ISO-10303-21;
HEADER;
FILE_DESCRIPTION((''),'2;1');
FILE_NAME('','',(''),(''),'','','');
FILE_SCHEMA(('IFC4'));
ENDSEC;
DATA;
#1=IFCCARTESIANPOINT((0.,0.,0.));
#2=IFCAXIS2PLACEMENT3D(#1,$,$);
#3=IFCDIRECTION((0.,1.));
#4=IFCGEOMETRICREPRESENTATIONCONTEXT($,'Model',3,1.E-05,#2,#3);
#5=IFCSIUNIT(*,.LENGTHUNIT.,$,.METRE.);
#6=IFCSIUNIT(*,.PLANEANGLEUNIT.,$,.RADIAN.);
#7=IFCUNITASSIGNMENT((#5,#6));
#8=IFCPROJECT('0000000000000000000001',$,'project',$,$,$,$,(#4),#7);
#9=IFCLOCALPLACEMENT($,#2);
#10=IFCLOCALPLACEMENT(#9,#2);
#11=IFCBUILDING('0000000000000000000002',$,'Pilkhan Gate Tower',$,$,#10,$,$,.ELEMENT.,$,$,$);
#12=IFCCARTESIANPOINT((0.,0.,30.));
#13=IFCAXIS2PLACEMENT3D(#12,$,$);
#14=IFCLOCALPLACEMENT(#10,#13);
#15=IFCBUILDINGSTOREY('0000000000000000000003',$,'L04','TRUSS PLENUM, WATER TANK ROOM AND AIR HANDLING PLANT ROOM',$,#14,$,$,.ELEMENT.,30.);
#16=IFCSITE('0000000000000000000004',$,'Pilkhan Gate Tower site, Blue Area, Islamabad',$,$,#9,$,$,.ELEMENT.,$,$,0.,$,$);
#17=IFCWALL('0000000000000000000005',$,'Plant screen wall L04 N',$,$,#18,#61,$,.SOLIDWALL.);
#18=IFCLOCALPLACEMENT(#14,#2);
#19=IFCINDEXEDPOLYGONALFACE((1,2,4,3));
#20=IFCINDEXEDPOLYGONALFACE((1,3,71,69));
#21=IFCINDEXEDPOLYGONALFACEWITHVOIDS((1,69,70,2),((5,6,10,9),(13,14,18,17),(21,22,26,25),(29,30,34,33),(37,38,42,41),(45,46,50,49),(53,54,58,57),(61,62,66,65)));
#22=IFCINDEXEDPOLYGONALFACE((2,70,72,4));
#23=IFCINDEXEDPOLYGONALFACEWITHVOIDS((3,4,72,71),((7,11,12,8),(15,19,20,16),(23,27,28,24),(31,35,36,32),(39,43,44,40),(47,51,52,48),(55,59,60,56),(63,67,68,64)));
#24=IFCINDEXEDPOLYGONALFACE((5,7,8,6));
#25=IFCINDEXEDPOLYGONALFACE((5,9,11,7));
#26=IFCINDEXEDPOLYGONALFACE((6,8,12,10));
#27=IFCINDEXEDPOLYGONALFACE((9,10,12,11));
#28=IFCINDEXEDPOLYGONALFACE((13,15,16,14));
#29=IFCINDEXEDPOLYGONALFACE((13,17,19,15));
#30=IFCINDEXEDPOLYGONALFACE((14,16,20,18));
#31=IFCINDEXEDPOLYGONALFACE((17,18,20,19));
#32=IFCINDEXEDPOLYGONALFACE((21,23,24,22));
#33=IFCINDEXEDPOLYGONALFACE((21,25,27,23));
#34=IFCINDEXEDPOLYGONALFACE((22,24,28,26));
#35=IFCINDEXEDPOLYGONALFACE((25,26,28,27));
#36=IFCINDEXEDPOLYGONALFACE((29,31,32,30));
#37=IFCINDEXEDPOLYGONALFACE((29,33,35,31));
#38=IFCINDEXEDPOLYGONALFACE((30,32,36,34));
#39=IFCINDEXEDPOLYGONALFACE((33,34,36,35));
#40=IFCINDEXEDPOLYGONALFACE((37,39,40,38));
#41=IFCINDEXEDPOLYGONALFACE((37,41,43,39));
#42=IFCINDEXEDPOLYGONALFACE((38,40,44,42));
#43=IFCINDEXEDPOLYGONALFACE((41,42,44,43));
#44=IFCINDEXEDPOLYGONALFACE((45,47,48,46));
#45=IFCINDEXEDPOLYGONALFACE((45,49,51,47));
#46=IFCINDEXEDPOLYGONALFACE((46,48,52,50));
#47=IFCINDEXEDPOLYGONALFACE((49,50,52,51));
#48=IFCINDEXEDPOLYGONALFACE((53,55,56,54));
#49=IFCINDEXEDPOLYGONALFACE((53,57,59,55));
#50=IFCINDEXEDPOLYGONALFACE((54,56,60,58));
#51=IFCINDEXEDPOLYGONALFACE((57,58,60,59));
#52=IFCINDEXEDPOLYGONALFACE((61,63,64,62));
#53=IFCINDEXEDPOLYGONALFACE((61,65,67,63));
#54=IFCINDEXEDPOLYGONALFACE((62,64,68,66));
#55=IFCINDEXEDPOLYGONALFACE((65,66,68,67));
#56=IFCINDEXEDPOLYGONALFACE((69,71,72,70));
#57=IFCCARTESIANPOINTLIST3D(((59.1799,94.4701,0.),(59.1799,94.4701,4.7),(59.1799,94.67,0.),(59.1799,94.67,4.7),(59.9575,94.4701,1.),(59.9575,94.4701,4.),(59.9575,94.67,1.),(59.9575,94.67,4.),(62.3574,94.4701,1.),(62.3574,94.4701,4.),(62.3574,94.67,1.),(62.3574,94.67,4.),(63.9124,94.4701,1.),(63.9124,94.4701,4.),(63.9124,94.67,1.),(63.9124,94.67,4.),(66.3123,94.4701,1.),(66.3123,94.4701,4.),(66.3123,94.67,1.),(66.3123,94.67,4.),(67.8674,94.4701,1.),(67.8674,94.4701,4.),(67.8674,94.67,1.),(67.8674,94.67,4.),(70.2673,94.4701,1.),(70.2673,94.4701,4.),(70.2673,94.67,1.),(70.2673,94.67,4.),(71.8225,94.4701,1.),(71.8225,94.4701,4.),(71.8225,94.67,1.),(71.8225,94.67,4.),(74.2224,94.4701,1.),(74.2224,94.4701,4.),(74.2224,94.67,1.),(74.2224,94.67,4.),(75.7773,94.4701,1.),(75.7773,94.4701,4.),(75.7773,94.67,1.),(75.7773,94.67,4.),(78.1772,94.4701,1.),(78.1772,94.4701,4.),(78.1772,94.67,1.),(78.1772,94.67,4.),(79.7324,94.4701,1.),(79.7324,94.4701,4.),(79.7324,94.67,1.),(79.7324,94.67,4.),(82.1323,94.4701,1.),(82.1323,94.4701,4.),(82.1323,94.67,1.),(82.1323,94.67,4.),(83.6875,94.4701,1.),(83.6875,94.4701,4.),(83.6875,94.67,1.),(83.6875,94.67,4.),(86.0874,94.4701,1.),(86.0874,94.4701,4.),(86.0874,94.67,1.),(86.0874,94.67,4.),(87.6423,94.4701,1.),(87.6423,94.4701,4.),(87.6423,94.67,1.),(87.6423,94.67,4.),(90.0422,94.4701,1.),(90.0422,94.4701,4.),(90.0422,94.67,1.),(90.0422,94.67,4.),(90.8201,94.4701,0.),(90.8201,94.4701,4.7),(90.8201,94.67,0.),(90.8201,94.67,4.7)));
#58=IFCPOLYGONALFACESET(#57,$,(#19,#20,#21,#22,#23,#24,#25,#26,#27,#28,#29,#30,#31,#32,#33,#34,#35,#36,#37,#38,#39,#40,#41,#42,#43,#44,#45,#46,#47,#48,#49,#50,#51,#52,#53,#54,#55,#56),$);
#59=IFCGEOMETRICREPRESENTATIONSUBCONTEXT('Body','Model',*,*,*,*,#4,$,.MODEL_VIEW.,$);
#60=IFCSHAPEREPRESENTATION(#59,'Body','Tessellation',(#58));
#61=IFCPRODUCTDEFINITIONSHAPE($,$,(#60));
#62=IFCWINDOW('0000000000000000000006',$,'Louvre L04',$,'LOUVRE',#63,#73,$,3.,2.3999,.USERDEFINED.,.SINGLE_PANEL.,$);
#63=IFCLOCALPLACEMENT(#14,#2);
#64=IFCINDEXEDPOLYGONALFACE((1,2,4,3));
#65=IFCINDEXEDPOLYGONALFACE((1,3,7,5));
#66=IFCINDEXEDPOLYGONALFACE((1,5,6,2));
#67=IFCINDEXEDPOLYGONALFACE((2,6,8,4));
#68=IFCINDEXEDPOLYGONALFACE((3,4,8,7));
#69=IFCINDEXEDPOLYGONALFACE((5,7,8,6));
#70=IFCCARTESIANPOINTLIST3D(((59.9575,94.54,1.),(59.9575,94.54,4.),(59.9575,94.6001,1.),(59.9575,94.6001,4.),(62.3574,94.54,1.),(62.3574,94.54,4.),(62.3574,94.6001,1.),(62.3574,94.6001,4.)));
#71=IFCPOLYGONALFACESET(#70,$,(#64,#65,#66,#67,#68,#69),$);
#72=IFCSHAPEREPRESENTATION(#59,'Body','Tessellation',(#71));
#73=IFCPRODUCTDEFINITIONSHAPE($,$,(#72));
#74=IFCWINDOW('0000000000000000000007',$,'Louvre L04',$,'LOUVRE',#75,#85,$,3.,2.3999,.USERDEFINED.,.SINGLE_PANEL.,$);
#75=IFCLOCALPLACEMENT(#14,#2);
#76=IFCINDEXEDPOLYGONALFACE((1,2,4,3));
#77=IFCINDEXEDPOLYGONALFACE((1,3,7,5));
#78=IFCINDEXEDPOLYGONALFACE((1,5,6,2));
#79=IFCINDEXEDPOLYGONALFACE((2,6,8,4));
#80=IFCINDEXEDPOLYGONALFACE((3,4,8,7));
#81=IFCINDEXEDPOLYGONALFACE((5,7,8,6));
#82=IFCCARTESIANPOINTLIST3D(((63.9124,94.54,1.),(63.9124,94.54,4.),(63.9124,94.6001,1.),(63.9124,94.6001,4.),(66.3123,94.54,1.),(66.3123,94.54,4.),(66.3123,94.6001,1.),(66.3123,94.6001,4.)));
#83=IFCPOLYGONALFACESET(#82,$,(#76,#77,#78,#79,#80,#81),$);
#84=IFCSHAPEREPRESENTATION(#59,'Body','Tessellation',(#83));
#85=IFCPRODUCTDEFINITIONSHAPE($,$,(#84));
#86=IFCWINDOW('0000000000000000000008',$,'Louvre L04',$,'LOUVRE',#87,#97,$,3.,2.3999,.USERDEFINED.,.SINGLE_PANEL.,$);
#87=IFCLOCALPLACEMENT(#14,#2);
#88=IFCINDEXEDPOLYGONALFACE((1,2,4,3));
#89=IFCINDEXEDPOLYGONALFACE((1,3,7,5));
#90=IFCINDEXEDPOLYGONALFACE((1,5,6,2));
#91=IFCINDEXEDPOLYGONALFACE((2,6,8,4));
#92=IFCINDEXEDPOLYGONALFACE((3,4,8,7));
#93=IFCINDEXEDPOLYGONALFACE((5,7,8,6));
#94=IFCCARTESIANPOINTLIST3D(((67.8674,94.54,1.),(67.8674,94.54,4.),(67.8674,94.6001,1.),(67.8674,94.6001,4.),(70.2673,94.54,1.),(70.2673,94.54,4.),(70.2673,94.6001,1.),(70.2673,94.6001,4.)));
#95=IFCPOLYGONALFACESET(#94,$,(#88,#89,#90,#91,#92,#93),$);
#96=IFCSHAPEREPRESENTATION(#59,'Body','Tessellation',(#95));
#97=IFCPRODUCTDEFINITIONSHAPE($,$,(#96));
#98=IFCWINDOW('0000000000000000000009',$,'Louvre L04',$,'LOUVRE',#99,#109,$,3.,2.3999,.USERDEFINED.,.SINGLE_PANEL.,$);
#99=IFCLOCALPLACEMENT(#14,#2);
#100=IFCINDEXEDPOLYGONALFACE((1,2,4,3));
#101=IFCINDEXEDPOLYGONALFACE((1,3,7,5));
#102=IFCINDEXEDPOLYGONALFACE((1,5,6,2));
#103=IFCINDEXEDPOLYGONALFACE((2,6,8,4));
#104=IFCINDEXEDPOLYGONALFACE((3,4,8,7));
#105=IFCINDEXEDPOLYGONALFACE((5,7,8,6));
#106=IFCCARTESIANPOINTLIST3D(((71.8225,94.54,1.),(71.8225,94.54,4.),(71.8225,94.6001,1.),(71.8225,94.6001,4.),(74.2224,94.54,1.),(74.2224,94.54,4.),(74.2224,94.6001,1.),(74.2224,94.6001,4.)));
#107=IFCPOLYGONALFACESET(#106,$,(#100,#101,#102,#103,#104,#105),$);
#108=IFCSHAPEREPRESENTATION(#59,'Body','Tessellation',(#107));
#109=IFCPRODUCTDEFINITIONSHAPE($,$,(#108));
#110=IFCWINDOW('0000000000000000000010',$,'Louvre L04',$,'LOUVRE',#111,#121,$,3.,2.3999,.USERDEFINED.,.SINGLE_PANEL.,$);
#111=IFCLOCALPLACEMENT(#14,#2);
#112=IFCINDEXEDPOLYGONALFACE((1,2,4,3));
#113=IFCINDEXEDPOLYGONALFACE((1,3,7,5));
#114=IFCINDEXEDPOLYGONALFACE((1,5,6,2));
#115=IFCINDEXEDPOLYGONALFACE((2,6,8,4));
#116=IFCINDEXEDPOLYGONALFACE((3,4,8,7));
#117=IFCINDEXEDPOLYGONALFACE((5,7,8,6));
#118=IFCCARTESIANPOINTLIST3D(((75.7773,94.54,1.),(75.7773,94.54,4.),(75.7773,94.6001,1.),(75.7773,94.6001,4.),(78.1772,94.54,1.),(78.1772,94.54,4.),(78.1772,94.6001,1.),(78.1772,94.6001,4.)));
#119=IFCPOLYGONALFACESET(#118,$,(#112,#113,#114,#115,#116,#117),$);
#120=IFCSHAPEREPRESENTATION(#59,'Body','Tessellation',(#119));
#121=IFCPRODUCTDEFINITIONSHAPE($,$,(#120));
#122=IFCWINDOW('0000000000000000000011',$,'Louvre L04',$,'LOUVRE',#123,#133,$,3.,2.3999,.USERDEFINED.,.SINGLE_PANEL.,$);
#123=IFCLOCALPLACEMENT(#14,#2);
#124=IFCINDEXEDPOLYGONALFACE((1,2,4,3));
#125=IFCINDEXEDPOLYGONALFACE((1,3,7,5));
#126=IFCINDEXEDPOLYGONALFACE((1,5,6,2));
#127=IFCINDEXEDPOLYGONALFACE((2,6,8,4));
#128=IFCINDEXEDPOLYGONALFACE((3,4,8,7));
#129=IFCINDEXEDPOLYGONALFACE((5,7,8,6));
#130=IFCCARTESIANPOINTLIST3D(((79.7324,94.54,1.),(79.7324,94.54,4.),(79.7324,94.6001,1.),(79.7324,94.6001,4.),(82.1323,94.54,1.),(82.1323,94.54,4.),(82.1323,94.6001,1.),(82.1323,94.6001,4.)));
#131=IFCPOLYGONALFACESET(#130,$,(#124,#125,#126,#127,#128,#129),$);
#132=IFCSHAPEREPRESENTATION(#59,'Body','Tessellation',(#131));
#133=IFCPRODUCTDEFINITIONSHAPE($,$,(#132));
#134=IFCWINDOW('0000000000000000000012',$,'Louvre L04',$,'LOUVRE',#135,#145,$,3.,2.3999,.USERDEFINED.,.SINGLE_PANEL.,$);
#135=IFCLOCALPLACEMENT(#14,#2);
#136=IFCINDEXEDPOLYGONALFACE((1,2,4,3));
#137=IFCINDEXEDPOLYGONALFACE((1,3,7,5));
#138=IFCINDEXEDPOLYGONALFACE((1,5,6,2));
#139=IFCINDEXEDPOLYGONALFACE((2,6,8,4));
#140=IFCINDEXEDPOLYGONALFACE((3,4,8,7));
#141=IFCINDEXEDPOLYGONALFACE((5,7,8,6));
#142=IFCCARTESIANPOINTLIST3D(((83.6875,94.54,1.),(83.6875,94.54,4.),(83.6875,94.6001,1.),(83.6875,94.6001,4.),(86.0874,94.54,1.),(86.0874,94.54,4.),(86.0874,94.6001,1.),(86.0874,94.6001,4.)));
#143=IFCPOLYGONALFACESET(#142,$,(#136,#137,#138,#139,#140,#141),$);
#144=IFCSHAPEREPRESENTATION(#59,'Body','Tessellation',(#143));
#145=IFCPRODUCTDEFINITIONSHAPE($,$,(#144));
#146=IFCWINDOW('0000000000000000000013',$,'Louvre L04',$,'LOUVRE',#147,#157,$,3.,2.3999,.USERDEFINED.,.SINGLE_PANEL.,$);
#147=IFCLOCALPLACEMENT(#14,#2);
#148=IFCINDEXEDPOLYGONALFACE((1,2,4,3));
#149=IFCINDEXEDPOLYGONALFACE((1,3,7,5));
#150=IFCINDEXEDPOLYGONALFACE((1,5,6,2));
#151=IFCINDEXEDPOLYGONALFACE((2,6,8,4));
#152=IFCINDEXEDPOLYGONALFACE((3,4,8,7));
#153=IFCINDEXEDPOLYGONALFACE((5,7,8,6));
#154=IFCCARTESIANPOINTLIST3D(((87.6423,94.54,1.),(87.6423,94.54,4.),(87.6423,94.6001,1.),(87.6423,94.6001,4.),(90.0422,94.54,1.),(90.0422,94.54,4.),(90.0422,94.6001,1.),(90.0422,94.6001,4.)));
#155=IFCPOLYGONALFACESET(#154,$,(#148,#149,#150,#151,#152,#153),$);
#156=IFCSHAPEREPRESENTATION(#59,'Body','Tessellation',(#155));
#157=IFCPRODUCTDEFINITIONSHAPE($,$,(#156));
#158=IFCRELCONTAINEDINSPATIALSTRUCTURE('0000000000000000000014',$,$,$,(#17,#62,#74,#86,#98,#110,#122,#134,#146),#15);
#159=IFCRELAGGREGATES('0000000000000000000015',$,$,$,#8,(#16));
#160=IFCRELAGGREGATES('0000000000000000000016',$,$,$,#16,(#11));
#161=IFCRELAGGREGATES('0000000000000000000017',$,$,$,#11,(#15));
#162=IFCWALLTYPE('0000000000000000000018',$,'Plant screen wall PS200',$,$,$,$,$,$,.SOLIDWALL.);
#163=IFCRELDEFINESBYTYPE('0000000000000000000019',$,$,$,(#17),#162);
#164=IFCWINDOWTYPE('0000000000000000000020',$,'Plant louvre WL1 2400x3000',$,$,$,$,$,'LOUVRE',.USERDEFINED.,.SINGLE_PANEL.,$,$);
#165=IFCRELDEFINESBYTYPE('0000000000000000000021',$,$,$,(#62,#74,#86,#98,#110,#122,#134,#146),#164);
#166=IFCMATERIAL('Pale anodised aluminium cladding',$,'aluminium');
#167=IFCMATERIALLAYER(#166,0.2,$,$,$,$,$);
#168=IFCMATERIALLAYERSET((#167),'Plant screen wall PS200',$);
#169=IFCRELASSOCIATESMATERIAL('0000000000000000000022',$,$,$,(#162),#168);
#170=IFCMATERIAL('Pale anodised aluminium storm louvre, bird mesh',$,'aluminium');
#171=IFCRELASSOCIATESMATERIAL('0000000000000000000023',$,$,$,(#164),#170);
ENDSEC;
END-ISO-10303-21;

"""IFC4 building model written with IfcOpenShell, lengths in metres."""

from ifc_helpers import new_model, si_unit, direction, frame, frame_2d, origin, place, context, subcontext, project, spatial, rectangle, extrude, material, layer, layer_set, type_object, element, fill, save


model = new_model("IFC4")

# Units and contexts
model_context = context("Model", 3, precision=1e-05, world=origin(), true_north=direction((0.0, 1.0)))
body_context = subcontext(model_context, "Body", "Model", "MODEL_VIEW")
ifc_project = project(units=[si_unit("LENGTHUNIT", "METRE"), si_unit("PLANEANGLEUNIT", "RADIAN")], contexts=[model_context])

# Site, building, storey
site_placement = place(None, origin())
site = spatial("IfcSite", under=ifc_project, at=site_placement, Name="Pilkhan Gate Tower site, Blue Area, Islamabad", CompositionType="ELEMENT", RefElevation=0.0)
building_placement = place(site_placement, origin())
building = spatial("IfcBuilding", under=site, at=building_placement, Name="Pilkhan Gate Tower", CompositionType="ELEMENT")
storey_placement = place(building_placement, frame((0.0, 0.0, 30.0)))
storey = spatial("IfcBuildingStorey", under=building, at=storey_placement, Name="L04", Description="TRUSS PLENUM, WATER TANK ROOM AND AIR HANDLING PLANT ROOM", CompositionType="ELEMENT", Elevation=30.0)

# Wall, openings, windows
ifc_material_1 = material(Name="Pale anodised aluminium cladding", Category="aluminium")
ifc_layer_1 = layer(ifc_material_1, 0.2)
ifc_layer_set_1 = layer_set([ifc_layer_1], Name="Plant screen wall PS200")
wall_type_1 = type_object("IfcWallType", Name="Plant screen wall PS200", PredefinedType="SOLIDWALL", material=ifc_layer_set_1)
wall_1_placement = place(storey_placement, frame((59.1799, 94.5701, 0.0), z_axis=(0.0, 0.0, 1.0), x_axis=(1.0, 0.0, 0.0)))
wall_1 = element("IfcWall", 1, at=wall_1_placement, inside=storey, type_object=wall_type_1, Name="Plant screen wall L04 N", PredefinedType="SOLIDWALL", context=body_context, shape_type="SweptSolid", body=[
    extrude(rectangle(XDim=31.6401, YDim=0.2, at=frame_2d((15.8201, 0.0))), origin(), (0.0, 0.0, 1.0), 4.7),
])
opening_1_placement = place(wall_1_placement, frame((0.7776, 0.0, 1.0)))
opening_1 = element("IfcOpeningElement", 2, at=opening_1_placement, cuts=wall_1, PredefinedType="OPENING", context=body_context, shape_type="SweptSolid", body=[
    extrude(rectangle(XDim=2.3999, YDim=3.0, at=frame_2d((1.2, 1.5))), frame((0.0, 0.1099, 0.0), z_axis=(0.0, -1.0, 0.0), x_axis=(1.0, 0.0, 0.0)), (0.0, 0.0, 1.0), 0.22),
])
opening_2_placement = place(wall_1_placement, frame((4.7324, 0.0, 1.0)))
opening_2 = element("IfcOpeningElement", 3, at=opening_2_placement, cuts=wall_1, PredefinedType="OPENING", context=body_context, shape_type="SweptSolid", body=[
    extrude(rectangle(XDim=2.3999, YDim=3.0, at=frame_2d((1.2, 1.5))), frame((0.0, 0.1099, 0.0), z_axis=(0.0, -1.0, 0.0), x_axis=(1.0, 0.0, 0.0)), (0.0, 0.0, 1.0), 0.22),
])
opening_3_placement = place(wall_1_placement, frame((8.6875, 0.0, 1.0)))
opening_3 = element("IfcOpeningElement", 4, at=opening_3_placement, cuts=wall_1, PredefinedType="OPENING", context=body_context, shape_type="SweptSolid", body=[
    extrude(rectangle(XDim=2.3999, YDim=3.0, at=frame_2d((1.2, 1.5))), frame((0.0, 0.1099, 0.0), z_axis=(0.0, -1.0, 0.0), x_axis=(1.0, 0.0, 0.0)), (0.0, 0.0, 1.0), 0.22),
])
opening_4_placement = place(wall_1_placement, frame((12.6426, 0.0, 1.0)))
opening_4 = element("IfcOpeningElement", 5, at=opening_4_placement, cuts=wall_1, PredefinedType="OPENING", context=body_context, shape_type="SweptSolid", body=[
    extrude(rectangle(XDim=2.3999, YDim=3.0, at=frame_2d((1.2, 1.5))), frame((0.0, 0.1099, 0.0), z_axis=(0.0, -1.0, 0.0), x_axis=(1.0, 0.0, 0.0)), (0.0, 0.0, 1.0), 0.22),
])
opening_5_placement = place(wall_1_placement, frame((16.5974, 0.0, 1.0)))
opening_5 = element("IfcOpeningElement", 6, at=opening_5_placement, cuts=wall_1, PredefinedType="OPENING", context=body_context, shape_type="SweptSolid", body=[
    extrude(rectangle(XDim=2.3999, YDim=3.0, at=frame_2d((1.2, 1.5))), frame((0.0, 0.1099, 0.0), z_axis=(0.0, -1.0, 0.0), x_axis=(1.0, 0.0, 0.0)), (0.0, 0.0, 1.0), 0.22),
])
opening_6_placement = place(wall_1_placement, frame((20.5525, 0.0, 1.0)))
opening_6 = element("IfcOpeningElement", 7, at=opening_6_placement, cuts=wall_1, PredefinedType="OPENING", context=body_context, shape_type="SweptSolid", body=[
    extrude(rectangle(XDim=2.3999, YDim=3.0, at=frame_2d((1.2, 1.5))), frame((0.0, 0.1099, 0.0), z_axis=(0.0, -1.0, 0.0), x_axis=(1.0, 0.0, 0.0)), (0.0, 0.0, 1.0), 0.22),
])
opening_7_placement = place(wall_1_placement, frame((24.5076, 0.0, 1.0)))
opening_7 = element("IfcOpeningElement", 8, at=opening_7_placement, cuts=wall_1, PredefinedType="OPENING", context=body_context, shape_type="SweptSolid", body=[
    extrude(rectangle(XDim=2.3999, YDim=3.0, at=frame_2d((1.2, 1.5))), frame((0.0, 0.1099, 0.0), z_axis=(0.0, -1.0, 0.0), x_axis=(1.0, 0.0, 0.0)), (0.0, 0.0, 1.0), 0.22),
])
opening_8_placement = place(wall_1_placement, frame((28.4624, 0.0, 1.0)))
opening_8 = element("IfcOpeningElement", 9, at=opening_8_placement, cuts=wall_1, PredefinedType="OPENING", context=body_context, shape_type="SweptSolid", body=[
    extrude(rectangle(XDim=2.3999, YDim=3.0, at=frame_2d((1.2, 1.5))), frame((0.0, 0.1099, 0.0), z_axis=(0.0, -1.0, 0.0), x_axis=(1.0, 0.0, 0.0)), (0.0, 0.0, 1.0), 0.22),
])
ifc_material_2 = material(Name="Pale anodised aluminium storm louvre, bird mesh", Category="aluminium")
window_type = type_object("IfcWindowType", Name="Plant louvre WL1 2400x3000", ElementType="LOUVRE", PartitioningType="SINGLE_PANEL", PredefinedType="USERDEFINED", material=ifc_material_2)
window_1_placement = place(opening_1_placement, origin())
window_1 = element("IfcWindow", 10, at=window_1_placement, inside=storey, type_object=window_type, Name="Louvre L04", ObjectType="LOUVRE", OverallHeight=3.0, OverallWidth=2.3999, PartitioningType="SINGLE_PANEL", PredefinedType="USERDEFINED", context=body_context, shape_type="SweptSolid", body=[
    extrude(rectangle(XDim=2.3999, YDim=3.0, at=frame_2d((1.2, 1.5))), frame((0.0, 0.03, 0.0), z_axis=(0.0, -1.0, 0.0), x_axis=(1.0, 0.0, 0.0)), (0.0, 0.0, 1.0), 0.0601),
])
fill(opening_1, window_1)
window_2_placement = place(opening_2_placement, origin())
window_2 = element("IfcWindow", 11, at=window_2_placement, inside=storey, type_object=window_type, Name="Louvre L04", ObjectType="LOUVRE", OverallHeight=3.0, OverallWidth=2.3999, PartitioningType="SINGLE_PANEL", PredefinedType="USERDEFINED", context=body_context, shape_type="SweptSolid", body=[
    extrude(rectangle(XDim=2.3999, YDim=3.0, at=frame_2d((1.2, 1.5))), frame((0.0, 0.03, 0.0), z_axis=(0.0, -1.0, 0.0), x_axis=(1.0, 0.0, 0.0)), (0.0, 0.0, 1.0), 0.0601),
])
fill(opening_2, window_2)
window_3_placement = place(opening_3_placement, origin())
window_3 = element("IfcWindow", 12, at=window_3_placement, inside=storey, type_object=window_type, Name="Louvre L04", ObjectType="LOUVRE", OverallHeight=3.0, OverallWidth=2.3999, PartitioningType="SINGLE_PANEL", PredefinedType="USERDEFINED", context=body_context, shape_type="SweptSolid", body=[
    extrude(rectangle(XDim=2.3999, YDim=3.0, at=frame_2d((1.2, 1.5))), frame((0.0, 0.03, 0.0), z_axis=(0.0, -1.0, 0.0), x_axis=(1.0, 0.0, 0.0)), (0.0, 0.0, 1.0), 0.0601),
])
fill(opening_3, window_3)
window_4_placement = place(opening_4_placement, origin())
window_4 = element("IfcWindow", 13, at=window_4_placement, inside=storey, type_object=window_type, Name="Louvre L04", ObjectType="LOUVRE", OverallHeight=3.0, OverallWidth=2.3999, PartitioningType="SINGLE_PANEL", PredefinedType="USERDEFINED", context=body_context, shape_type="SweptSolid", body=[
    extrude(rectangle(XDim=2.3999, YDim=3.0, at=frame_2d((1.2, 1.5))), frame((0.0, 0.03, 0.0), z_axis=(0.0, -1.0, 0.0), x_axis=(1.0, 0.0, 0.0)), (0.0, 0.0, 1.0), 0.0601),
])
fill(opening_4, window_4)
window_5_placement = place(opening_5_placement, origin())
window_5 = element("IfcWindow", 14, at=window_5_placement, inside=storey, type_object=window_type, Name="Louvre L04", ObjectType="LOUVRE", OverallHeight=3.0, OverallWidth=2.3999, PartitioningType="SINGLE_PANEL", PredefinedType="USERDEFINED", context=body_context, shape_type="SweptSolid", body=[
    extrude(rectangle(XDim=2.3999, YDim=3.0, at=frame_2d((1.2, 1.5))), frame((0.0, 0.03, 0.0), z_axis=(0.0, -1.0, 0.0), x_axis=(1.0, 0.0, 0.0)), (0.0, 0.0, 1.0), 0.0601),
])
fill(opening_5, window_5)
window_6_placement = place(opening_6_placement, origin())
window_6 = element("IfcWindow", 15, at=window_6_placement, inside=storey, type_object=window_type, Name="Louvre L04", ObjectType="LOUVRE", OverallHeight=3.0, OverallWidth=2.3999, PartitioningType="SINGLE_PANEL", PredefinedType="USERDEFINED", context=body_context, shape_type="SweptSolid", body=[
    extrude(rectangle(XDim=2.3999, YDim=3.0, at=frame_2d((1.2, 1.5))), frame((0.0, 0.03, 0.0), z_axis=(0.0, -1.0, 0.0), x_axis=(1.0, 0.0, 0.0)), (0.0, 0.0, 1.0), 0.0601),
])
fill(opening_6, window_6)
window_7_placement = place(opening_7_placement, origin())
window_7 = element("IfcWindow", 16, at=window_7_placement, inside=storey, type_object=window_type, Name="Louvre L04", ObjectType="LOUVRE", OverallHeight=3.0, OverallWidth=2.3999, PartitioningType="SINGLE_PANEL", PredefinedType="USERDEFINED", context=body_context, shape_type="SweptSolid", body=[
    extrude(rectangle(XDim=2.3999, YDim=3.0, at=frame_2d((1.2, 1.5))), frame((0.0, 0.03, 0.0), z_axis=(0.0, -1.0, 0.0), x_axis=(1.0, 0.0, 0.0)), (0.0, 0.0, 1.0), 0.0601),
])
fill(opening_7, window_7)
window_8_placement = place(opening_8_placement, origin())
window_8 = element("IfcWindow", 17, at=window_8_placement, inside=storey, type_object=window_type, Name="Louvre L04", ObjectType="LOUVRE", OverallHeight=3.0, OverallWidth=2.3999, PartitioningType="SINGLE_PANEL", PredefinedType="USERDEFINED", context=body_context, shape_type="SweptSolid", body=[
    extrude(rectangle(XDim=2.3999, YDim=3.0, at=frame_2d((1.2, 1.5))), frame((0.0, 0.03, 0.0), z_axis=(0.0, -1.0, 0.0), x_axis=(1.0, 0.0, 0.0)), (0.0, 0.0, 1.0), 0.0601),
])
fill(opening_8, window_8)

save(model, "model.ifc")
